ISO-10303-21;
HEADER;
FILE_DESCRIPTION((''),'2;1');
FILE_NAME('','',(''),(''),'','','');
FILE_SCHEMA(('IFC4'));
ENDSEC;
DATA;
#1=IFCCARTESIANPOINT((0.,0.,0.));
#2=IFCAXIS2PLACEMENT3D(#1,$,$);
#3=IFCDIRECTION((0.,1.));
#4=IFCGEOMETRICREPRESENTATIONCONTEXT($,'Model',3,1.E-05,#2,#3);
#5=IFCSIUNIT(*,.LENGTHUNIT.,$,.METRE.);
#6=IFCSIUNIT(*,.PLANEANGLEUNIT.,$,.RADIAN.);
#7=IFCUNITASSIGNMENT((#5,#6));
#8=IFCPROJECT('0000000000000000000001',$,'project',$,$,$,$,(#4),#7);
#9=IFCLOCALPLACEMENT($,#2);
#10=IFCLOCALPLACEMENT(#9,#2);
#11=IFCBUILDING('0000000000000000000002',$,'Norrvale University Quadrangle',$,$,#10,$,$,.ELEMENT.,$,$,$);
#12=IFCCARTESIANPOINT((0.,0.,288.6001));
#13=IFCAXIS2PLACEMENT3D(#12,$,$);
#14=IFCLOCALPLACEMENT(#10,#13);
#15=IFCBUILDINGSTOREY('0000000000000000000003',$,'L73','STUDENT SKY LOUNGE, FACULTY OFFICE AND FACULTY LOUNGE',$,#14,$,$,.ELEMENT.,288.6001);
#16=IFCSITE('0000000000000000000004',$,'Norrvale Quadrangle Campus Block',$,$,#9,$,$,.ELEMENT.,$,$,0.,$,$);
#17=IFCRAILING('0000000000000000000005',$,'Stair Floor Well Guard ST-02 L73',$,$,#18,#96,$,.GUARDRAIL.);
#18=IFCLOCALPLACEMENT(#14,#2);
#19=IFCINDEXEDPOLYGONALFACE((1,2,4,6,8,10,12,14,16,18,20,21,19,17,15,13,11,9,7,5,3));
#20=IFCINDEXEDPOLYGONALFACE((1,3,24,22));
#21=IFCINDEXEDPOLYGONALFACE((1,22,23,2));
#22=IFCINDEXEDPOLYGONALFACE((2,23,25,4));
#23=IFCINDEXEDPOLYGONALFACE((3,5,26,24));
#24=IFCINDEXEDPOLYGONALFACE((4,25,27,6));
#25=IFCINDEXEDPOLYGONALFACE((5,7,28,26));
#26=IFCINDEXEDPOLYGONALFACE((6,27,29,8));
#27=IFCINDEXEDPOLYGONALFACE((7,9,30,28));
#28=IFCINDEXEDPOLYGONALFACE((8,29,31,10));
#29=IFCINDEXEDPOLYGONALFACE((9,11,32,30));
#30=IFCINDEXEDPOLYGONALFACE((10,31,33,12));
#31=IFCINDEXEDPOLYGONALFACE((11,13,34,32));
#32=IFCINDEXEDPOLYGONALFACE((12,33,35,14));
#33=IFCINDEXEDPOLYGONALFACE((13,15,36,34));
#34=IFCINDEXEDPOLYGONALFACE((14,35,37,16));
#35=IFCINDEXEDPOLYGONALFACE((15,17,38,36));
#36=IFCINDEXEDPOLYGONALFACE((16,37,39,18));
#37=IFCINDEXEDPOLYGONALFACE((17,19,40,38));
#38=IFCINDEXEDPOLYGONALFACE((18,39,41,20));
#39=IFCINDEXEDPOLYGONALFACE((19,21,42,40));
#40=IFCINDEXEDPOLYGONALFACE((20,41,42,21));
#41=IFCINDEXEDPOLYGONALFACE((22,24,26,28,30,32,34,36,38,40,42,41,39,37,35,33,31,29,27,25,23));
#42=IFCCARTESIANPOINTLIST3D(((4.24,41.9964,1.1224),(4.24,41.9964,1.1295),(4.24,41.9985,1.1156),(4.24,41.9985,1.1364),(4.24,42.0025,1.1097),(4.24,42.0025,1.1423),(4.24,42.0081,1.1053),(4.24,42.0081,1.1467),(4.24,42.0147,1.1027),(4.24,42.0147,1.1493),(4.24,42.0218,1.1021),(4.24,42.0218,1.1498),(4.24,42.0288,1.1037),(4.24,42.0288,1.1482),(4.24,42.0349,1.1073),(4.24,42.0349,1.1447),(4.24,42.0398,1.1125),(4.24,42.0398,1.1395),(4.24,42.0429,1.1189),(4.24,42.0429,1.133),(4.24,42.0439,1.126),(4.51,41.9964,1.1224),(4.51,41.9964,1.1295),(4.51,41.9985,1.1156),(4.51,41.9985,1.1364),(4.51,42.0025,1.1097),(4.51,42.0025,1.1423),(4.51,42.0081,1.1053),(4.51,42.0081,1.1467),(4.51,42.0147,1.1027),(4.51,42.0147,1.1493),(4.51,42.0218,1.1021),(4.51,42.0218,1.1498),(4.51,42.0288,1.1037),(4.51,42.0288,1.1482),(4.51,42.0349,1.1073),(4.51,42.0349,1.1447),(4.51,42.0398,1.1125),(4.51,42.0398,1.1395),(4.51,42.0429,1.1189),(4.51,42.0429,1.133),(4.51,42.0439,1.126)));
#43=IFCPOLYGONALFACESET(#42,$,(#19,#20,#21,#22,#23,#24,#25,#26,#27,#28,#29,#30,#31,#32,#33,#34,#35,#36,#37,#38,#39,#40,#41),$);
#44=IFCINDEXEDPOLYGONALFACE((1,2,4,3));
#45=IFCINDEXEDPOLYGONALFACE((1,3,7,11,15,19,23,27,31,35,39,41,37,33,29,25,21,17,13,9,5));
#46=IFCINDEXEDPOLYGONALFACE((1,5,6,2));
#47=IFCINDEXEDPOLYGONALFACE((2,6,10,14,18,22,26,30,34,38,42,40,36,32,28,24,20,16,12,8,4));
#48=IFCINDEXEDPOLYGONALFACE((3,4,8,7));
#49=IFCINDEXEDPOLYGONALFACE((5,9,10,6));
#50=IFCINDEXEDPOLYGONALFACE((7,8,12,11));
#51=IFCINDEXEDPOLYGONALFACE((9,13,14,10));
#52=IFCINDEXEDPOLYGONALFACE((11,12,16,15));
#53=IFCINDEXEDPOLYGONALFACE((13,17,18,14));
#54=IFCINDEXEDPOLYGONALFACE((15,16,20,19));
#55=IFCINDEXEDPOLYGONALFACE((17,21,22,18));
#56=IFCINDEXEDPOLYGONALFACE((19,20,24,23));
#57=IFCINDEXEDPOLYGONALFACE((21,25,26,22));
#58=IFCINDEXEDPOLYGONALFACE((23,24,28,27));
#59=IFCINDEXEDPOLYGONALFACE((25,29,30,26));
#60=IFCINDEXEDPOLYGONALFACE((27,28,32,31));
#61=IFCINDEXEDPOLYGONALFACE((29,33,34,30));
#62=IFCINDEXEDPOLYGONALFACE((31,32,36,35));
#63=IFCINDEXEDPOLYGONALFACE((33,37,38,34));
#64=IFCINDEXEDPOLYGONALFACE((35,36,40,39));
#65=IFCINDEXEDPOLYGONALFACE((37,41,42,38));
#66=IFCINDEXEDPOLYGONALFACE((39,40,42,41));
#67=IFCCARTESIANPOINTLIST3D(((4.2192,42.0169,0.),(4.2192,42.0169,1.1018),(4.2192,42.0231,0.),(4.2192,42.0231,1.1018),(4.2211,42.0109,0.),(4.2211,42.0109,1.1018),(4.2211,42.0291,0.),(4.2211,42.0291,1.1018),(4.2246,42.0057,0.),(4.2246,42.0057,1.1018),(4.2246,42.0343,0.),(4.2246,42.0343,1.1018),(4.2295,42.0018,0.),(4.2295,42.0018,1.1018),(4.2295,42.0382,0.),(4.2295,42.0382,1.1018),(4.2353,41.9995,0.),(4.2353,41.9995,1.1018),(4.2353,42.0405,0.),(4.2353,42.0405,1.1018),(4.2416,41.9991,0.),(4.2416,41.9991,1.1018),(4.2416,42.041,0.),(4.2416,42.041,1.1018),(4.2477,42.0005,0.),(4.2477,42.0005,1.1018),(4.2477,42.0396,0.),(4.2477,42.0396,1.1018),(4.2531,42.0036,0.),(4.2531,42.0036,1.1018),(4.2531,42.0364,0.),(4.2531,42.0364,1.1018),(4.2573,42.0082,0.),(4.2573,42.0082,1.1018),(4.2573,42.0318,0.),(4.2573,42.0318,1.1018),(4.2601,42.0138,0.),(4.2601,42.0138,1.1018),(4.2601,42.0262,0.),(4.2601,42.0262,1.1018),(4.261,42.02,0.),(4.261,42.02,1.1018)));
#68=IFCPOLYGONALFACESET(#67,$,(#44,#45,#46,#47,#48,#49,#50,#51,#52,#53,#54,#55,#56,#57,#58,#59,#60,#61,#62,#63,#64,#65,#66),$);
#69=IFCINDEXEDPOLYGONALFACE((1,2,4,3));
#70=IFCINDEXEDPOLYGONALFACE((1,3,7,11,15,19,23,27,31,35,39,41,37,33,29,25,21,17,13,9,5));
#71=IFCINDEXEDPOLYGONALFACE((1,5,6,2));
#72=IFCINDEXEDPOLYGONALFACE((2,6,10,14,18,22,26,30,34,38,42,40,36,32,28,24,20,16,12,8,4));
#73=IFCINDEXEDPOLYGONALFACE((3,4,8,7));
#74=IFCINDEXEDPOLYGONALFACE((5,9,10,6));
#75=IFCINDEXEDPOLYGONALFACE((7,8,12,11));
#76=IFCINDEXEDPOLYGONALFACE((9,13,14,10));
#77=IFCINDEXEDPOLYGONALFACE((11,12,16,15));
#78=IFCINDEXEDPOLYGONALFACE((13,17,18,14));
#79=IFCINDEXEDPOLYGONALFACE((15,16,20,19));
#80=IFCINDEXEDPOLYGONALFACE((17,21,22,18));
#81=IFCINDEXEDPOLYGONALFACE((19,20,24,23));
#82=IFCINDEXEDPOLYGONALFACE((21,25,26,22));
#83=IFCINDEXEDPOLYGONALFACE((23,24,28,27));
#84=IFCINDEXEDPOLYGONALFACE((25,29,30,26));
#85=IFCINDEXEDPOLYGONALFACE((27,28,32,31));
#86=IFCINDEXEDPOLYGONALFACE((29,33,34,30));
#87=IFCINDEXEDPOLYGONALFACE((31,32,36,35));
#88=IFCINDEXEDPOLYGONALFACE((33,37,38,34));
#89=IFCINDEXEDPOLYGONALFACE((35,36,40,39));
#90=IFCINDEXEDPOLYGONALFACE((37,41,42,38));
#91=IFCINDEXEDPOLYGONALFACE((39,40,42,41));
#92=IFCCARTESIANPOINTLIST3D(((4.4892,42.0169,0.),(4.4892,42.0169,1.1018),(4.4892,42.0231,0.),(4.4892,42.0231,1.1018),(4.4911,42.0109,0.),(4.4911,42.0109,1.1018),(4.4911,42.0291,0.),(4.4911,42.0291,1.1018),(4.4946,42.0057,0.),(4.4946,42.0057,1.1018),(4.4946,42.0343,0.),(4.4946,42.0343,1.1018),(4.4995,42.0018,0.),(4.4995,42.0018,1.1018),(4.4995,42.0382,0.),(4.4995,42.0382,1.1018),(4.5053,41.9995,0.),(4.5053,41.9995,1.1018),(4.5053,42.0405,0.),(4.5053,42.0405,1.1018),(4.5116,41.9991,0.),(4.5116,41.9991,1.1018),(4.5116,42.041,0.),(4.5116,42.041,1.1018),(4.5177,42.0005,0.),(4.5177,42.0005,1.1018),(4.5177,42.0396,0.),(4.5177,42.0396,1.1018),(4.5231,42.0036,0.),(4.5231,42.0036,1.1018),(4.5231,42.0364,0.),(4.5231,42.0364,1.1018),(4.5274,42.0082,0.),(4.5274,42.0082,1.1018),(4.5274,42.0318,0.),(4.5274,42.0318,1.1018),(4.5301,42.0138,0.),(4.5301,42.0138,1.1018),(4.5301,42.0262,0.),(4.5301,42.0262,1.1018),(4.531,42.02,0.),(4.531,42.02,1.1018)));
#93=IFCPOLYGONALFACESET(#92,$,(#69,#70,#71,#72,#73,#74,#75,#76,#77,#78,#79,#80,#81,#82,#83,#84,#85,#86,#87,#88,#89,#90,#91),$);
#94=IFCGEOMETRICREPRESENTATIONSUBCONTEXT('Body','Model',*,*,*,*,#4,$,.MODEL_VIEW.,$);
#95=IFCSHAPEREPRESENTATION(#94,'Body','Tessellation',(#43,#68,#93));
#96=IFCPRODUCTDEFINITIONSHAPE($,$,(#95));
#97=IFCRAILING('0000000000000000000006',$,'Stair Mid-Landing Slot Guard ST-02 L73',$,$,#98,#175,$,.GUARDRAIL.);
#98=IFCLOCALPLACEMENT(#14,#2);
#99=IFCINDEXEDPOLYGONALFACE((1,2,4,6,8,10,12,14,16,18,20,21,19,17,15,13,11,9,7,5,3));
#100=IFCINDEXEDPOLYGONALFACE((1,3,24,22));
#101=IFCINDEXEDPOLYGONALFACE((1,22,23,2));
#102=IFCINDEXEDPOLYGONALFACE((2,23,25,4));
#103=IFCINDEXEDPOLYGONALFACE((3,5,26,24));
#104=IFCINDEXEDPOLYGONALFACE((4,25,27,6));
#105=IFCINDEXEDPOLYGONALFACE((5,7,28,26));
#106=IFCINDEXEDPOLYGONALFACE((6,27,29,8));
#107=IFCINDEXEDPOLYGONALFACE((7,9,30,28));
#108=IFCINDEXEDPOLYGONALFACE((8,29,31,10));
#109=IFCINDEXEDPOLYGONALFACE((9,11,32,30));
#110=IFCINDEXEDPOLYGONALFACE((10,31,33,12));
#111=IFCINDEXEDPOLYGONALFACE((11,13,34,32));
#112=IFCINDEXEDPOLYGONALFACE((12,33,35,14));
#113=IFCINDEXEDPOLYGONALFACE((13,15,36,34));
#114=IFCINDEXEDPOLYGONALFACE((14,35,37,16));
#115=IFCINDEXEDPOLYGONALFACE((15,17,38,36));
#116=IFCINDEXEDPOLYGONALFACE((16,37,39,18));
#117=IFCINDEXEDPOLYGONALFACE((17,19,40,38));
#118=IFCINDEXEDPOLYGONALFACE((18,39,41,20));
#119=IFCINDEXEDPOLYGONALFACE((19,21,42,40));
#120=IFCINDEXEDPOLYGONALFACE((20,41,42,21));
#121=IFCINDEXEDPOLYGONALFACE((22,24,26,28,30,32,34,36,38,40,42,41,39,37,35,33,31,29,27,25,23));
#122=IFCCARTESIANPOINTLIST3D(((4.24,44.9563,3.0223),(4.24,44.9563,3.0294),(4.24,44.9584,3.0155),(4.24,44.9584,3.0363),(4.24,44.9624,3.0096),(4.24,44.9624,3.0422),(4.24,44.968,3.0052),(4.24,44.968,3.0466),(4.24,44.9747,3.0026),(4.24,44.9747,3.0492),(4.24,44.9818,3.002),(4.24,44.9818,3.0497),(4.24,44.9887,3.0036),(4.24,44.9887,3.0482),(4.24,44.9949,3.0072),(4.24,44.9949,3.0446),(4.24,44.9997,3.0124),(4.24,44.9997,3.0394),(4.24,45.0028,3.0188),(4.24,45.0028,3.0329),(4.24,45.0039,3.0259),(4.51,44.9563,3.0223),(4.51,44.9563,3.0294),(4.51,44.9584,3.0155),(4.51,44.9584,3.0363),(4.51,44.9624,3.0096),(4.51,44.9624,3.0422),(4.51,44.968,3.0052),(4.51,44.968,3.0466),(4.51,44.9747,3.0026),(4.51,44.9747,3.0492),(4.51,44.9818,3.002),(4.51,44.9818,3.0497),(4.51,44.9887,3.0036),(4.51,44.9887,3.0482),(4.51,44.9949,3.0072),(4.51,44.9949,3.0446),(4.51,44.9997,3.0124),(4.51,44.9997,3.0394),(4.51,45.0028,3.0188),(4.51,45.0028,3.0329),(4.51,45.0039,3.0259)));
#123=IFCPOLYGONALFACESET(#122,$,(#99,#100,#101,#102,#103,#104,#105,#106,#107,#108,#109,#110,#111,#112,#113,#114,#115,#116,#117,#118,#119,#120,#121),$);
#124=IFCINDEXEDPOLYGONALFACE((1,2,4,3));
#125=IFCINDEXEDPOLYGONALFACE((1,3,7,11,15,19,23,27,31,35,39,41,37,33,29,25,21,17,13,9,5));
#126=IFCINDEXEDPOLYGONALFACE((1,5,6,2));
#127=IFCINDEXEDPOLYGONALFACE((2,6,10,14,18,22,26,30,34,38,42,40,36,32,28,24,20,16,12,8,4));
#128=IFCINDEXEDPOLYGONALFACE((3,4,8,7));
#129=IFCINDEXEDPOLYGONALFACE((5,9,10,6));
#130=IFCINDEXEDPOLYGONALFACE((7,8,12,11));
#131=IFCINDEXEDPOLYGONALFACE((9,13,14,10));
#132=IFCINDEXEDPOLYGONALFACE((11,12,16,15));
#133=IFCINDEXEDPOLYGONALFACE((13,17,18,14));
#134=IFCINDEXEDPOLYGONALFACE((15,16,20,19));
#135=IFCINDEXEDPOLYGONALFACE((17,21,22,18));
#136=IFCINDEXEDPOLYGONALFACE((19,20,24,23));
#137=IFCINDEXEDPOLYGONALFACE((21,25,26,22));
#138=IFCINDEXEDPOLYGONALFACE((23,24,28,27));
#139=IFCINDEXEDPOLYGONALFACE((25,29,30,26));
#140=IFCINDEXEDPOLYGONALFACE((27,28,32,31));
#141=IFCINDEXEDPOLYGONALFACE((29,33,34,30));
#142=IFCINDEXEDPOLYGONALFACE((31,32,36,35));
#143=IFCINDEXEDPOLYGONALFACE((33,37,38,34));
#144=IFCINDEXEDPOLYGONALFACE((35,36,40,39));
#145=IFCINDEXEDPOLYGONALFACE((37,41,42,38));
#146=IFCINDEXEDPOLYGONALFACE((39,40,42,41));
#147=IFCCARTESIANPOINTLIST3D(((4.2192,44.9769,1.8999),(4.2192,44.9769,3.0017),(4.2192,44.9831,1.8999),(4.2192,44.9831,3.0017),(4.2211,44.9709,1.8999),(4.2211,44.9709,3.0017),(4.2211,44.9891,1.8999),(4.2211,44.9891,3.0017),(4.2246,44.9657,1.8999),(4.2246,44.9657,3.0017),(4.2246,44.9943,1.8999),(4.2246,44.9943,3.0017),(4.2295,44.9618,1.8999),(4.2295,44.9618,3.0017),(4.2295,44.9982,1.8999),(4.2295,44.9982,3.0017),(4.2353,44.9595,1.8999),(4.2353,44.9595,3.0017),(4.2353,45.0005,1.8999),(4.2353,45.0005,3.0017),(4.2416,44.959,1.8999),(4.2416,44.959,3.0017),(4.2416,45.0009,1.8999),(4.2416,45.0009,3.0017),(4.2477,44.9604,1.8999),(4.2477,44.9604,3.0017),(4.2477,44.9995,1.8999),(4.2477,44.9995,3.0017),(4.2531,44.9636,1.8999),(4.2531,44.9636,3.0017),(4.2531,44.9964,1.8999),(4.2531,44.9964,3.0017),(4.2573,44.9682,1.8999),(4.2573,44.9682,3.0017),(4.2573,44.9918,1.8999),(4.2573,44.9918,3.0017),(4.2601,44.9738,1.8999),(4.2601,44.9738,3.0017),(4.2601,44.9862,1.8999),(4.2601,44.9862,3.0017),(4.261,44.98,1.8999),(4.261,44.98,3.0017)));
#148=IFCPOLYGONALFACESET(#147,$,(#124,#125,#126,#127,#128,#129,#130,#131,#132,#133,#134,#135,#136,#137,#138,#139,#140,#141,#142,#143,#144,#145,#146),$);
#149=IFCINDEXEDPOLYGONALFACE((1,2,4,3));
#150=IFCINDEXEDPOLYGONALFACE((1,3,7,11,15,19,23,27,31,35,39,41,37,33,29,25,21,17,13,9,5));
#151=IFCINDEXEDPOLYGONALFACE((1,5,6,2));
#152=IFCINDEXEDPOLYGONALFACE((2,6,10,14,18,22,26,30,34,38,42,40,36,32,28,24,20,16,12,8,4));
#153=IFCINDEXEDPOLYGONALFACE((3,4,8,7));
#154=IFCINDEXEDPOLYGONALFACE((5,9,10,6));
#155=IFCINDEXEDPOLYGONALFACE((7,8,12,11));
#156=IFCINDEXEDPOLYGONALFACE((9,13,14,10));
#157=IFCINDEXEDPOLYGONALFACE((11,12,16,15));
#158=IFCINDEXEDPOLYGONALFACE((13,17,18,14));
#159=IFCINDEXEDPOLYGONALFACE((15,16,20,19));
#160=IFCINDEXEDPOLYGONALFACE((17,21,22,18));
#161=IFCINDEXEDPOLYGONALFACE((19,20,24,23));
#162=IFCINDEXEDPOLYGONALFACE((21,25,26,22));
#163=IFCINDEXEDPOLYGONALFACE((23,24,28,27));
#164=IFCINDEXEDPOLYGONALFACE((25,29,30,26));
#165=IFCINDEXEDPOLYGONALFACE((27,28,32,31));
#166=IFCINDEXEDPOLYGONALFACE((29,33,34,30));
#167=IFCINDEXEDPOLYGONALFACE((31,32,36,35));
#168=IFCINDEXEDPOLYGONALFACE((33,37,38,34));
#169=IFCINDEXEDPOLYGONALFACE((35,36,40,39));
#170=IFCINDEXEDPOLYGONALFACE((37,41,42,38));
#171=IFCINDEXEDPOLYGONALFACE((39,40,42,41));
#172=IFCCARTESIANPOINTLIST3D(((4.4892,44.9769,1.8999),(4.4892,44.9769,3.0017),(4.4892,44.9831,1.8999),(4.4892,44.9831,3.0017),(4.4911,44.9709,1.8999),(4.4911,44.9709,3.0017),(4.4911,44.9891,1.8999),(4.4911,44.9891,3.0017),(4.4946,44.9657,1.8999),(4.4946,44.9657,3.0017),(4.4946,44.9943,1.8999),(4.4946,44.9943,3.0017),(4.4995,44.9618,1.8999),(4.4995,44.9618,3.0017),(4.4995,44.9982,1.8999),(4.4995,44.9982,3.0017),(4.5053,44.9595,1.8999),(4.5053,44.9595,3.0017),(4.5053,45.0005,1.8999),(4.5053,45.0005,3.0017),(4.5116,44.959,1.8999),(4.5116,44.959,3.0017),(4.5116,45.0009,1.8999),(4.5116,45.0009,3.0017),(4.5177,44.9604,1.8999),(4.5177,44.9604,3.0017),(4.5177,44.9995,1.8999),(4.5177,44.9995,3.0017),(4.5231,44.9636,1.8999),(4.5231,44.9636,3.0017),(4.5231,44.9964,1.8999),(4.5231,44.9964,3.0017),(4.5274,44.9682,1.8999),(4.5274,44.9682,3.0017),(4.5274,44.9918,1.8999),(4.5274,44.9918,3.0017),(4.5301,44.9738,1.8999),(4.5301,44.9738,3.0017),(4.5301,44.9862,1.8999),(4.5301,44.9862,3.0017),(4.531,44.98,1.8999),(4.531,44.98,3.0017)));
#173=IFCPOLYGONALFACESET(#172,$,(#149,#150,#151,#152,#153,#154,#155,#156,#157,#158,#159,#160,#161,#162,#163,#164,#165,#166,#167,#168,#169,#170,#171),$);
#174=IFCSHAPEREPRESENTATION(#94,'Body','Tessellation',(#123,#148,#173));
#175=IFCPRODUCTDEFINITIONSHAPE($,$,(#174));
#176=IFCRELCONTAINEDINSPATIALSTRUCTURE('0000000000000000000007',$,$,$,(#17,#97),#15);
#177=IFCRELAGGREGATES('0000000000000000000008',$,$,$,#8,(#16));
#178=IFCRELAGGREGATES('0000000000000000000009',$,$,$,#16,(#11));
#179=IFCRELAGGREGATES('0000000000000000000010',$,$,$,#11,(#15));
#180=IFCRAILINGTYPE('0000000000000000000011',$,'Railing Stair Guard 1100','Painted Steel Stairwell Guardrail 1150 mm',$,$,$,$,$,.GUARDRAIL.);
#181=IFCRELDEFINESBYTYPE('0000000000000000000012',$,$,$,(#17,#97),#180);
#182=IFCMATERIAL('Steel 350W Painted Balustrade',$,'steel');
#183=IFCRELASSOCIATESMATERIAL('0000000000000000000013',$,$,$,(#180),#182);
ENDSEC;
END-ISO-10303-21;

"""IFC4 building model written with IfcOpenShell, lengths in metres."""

from ifc_helpers import new_model, si_unit, direction, frame, origin, origin_2d, place, context, subcontext, project, spatial, circle, extrude, material, type_object, element, save


model = new_model("IFC4")

# Units and contexts
model_context = context("Model", 3, precision=1e-05, world=origin(), true_north=direction((0.0, 1.0)))
body_context = subcontext(model_context, "Body", "Model", "MODEL_VIEW")
ifc_project = project(units=[si_unit("LENGTHUNIT", "METRE"), si_unit("PLANEANGLEUNIT", "RADIAN")], contexts=[model_context])

# Site, building, storey
site_placement = place(None, origin())
site = spatial("IfcSite", under=ifc_project, at=site_placement, Name="Norrvale Quadrangle Campus Block", CompositionType="ELEMENT", RefElevation=0.0)
building_placement = place(site_placement, origin())
building = spatial("IfcBuilding", under=site, at=building_placement, Name="Norrvale University Quadrangle", CompositionType="ELEMENT")
storey_placement = place(building_placement, frame((0.0, 0.0, 288.6001)))
storey = spatial("IfcBuildingStorey", under=building, at=storey_placement, Name="L73", Description="STUDENT SKY LOUNGE, FACULTY OFFICE AND FACULTY LOUNGE", CompositionType="ELEMENT", Elevation=288.6001)

# Railings
ifc_material_1 = material(Name="Steel 350W Painted Balustrade", Category="steel")
railing_type_1 = type_object("IfcRailingType", Name="Railing Stair Guard 1100", Description="Painted Steel Stairwell Guardrail 1150 mm", PredefinedType="GUARDRAIL", material=ifc_material_1)
for number, where, name in (
    (1, (4.24, 42.02, 0.0), "Stair Floor Well Guard ST-02 L73"),
    (2, (4.24, 44.98, 1.8999), "Stair Mid-Landing Slot Guard ST-02 L73"),
):
    element("IfcRailing", number, at=place(storey_placement, frame(where)), inside=storey, type_object=railing_type_1, Name=name, PredefinedType="GUARDRAIL", context=body_context, shape_type="SweptSolid", body=[
        extrude(circle(Radius=0.0239, at=origin_2d()), frame((0.0, 0.0, 1.126), z_axis=(1.0, 0.0, 0.0), x_axis=(0.0, 1.0, 0.0)), (0.0, 0.0, 1.0), 0.27),
        extrude(circle(Radius=0.021, at=origin_2d()), origin(), (0.0, 0.0, 1.0), 1.1018),
        extrude(circle(Radius=0.021, at=origin_2d()), frame((0.27, 0.0, 0.0)), (0.0, 0.0, 1.0), 1.1018),
    ])

save(model, "model.ifc")
